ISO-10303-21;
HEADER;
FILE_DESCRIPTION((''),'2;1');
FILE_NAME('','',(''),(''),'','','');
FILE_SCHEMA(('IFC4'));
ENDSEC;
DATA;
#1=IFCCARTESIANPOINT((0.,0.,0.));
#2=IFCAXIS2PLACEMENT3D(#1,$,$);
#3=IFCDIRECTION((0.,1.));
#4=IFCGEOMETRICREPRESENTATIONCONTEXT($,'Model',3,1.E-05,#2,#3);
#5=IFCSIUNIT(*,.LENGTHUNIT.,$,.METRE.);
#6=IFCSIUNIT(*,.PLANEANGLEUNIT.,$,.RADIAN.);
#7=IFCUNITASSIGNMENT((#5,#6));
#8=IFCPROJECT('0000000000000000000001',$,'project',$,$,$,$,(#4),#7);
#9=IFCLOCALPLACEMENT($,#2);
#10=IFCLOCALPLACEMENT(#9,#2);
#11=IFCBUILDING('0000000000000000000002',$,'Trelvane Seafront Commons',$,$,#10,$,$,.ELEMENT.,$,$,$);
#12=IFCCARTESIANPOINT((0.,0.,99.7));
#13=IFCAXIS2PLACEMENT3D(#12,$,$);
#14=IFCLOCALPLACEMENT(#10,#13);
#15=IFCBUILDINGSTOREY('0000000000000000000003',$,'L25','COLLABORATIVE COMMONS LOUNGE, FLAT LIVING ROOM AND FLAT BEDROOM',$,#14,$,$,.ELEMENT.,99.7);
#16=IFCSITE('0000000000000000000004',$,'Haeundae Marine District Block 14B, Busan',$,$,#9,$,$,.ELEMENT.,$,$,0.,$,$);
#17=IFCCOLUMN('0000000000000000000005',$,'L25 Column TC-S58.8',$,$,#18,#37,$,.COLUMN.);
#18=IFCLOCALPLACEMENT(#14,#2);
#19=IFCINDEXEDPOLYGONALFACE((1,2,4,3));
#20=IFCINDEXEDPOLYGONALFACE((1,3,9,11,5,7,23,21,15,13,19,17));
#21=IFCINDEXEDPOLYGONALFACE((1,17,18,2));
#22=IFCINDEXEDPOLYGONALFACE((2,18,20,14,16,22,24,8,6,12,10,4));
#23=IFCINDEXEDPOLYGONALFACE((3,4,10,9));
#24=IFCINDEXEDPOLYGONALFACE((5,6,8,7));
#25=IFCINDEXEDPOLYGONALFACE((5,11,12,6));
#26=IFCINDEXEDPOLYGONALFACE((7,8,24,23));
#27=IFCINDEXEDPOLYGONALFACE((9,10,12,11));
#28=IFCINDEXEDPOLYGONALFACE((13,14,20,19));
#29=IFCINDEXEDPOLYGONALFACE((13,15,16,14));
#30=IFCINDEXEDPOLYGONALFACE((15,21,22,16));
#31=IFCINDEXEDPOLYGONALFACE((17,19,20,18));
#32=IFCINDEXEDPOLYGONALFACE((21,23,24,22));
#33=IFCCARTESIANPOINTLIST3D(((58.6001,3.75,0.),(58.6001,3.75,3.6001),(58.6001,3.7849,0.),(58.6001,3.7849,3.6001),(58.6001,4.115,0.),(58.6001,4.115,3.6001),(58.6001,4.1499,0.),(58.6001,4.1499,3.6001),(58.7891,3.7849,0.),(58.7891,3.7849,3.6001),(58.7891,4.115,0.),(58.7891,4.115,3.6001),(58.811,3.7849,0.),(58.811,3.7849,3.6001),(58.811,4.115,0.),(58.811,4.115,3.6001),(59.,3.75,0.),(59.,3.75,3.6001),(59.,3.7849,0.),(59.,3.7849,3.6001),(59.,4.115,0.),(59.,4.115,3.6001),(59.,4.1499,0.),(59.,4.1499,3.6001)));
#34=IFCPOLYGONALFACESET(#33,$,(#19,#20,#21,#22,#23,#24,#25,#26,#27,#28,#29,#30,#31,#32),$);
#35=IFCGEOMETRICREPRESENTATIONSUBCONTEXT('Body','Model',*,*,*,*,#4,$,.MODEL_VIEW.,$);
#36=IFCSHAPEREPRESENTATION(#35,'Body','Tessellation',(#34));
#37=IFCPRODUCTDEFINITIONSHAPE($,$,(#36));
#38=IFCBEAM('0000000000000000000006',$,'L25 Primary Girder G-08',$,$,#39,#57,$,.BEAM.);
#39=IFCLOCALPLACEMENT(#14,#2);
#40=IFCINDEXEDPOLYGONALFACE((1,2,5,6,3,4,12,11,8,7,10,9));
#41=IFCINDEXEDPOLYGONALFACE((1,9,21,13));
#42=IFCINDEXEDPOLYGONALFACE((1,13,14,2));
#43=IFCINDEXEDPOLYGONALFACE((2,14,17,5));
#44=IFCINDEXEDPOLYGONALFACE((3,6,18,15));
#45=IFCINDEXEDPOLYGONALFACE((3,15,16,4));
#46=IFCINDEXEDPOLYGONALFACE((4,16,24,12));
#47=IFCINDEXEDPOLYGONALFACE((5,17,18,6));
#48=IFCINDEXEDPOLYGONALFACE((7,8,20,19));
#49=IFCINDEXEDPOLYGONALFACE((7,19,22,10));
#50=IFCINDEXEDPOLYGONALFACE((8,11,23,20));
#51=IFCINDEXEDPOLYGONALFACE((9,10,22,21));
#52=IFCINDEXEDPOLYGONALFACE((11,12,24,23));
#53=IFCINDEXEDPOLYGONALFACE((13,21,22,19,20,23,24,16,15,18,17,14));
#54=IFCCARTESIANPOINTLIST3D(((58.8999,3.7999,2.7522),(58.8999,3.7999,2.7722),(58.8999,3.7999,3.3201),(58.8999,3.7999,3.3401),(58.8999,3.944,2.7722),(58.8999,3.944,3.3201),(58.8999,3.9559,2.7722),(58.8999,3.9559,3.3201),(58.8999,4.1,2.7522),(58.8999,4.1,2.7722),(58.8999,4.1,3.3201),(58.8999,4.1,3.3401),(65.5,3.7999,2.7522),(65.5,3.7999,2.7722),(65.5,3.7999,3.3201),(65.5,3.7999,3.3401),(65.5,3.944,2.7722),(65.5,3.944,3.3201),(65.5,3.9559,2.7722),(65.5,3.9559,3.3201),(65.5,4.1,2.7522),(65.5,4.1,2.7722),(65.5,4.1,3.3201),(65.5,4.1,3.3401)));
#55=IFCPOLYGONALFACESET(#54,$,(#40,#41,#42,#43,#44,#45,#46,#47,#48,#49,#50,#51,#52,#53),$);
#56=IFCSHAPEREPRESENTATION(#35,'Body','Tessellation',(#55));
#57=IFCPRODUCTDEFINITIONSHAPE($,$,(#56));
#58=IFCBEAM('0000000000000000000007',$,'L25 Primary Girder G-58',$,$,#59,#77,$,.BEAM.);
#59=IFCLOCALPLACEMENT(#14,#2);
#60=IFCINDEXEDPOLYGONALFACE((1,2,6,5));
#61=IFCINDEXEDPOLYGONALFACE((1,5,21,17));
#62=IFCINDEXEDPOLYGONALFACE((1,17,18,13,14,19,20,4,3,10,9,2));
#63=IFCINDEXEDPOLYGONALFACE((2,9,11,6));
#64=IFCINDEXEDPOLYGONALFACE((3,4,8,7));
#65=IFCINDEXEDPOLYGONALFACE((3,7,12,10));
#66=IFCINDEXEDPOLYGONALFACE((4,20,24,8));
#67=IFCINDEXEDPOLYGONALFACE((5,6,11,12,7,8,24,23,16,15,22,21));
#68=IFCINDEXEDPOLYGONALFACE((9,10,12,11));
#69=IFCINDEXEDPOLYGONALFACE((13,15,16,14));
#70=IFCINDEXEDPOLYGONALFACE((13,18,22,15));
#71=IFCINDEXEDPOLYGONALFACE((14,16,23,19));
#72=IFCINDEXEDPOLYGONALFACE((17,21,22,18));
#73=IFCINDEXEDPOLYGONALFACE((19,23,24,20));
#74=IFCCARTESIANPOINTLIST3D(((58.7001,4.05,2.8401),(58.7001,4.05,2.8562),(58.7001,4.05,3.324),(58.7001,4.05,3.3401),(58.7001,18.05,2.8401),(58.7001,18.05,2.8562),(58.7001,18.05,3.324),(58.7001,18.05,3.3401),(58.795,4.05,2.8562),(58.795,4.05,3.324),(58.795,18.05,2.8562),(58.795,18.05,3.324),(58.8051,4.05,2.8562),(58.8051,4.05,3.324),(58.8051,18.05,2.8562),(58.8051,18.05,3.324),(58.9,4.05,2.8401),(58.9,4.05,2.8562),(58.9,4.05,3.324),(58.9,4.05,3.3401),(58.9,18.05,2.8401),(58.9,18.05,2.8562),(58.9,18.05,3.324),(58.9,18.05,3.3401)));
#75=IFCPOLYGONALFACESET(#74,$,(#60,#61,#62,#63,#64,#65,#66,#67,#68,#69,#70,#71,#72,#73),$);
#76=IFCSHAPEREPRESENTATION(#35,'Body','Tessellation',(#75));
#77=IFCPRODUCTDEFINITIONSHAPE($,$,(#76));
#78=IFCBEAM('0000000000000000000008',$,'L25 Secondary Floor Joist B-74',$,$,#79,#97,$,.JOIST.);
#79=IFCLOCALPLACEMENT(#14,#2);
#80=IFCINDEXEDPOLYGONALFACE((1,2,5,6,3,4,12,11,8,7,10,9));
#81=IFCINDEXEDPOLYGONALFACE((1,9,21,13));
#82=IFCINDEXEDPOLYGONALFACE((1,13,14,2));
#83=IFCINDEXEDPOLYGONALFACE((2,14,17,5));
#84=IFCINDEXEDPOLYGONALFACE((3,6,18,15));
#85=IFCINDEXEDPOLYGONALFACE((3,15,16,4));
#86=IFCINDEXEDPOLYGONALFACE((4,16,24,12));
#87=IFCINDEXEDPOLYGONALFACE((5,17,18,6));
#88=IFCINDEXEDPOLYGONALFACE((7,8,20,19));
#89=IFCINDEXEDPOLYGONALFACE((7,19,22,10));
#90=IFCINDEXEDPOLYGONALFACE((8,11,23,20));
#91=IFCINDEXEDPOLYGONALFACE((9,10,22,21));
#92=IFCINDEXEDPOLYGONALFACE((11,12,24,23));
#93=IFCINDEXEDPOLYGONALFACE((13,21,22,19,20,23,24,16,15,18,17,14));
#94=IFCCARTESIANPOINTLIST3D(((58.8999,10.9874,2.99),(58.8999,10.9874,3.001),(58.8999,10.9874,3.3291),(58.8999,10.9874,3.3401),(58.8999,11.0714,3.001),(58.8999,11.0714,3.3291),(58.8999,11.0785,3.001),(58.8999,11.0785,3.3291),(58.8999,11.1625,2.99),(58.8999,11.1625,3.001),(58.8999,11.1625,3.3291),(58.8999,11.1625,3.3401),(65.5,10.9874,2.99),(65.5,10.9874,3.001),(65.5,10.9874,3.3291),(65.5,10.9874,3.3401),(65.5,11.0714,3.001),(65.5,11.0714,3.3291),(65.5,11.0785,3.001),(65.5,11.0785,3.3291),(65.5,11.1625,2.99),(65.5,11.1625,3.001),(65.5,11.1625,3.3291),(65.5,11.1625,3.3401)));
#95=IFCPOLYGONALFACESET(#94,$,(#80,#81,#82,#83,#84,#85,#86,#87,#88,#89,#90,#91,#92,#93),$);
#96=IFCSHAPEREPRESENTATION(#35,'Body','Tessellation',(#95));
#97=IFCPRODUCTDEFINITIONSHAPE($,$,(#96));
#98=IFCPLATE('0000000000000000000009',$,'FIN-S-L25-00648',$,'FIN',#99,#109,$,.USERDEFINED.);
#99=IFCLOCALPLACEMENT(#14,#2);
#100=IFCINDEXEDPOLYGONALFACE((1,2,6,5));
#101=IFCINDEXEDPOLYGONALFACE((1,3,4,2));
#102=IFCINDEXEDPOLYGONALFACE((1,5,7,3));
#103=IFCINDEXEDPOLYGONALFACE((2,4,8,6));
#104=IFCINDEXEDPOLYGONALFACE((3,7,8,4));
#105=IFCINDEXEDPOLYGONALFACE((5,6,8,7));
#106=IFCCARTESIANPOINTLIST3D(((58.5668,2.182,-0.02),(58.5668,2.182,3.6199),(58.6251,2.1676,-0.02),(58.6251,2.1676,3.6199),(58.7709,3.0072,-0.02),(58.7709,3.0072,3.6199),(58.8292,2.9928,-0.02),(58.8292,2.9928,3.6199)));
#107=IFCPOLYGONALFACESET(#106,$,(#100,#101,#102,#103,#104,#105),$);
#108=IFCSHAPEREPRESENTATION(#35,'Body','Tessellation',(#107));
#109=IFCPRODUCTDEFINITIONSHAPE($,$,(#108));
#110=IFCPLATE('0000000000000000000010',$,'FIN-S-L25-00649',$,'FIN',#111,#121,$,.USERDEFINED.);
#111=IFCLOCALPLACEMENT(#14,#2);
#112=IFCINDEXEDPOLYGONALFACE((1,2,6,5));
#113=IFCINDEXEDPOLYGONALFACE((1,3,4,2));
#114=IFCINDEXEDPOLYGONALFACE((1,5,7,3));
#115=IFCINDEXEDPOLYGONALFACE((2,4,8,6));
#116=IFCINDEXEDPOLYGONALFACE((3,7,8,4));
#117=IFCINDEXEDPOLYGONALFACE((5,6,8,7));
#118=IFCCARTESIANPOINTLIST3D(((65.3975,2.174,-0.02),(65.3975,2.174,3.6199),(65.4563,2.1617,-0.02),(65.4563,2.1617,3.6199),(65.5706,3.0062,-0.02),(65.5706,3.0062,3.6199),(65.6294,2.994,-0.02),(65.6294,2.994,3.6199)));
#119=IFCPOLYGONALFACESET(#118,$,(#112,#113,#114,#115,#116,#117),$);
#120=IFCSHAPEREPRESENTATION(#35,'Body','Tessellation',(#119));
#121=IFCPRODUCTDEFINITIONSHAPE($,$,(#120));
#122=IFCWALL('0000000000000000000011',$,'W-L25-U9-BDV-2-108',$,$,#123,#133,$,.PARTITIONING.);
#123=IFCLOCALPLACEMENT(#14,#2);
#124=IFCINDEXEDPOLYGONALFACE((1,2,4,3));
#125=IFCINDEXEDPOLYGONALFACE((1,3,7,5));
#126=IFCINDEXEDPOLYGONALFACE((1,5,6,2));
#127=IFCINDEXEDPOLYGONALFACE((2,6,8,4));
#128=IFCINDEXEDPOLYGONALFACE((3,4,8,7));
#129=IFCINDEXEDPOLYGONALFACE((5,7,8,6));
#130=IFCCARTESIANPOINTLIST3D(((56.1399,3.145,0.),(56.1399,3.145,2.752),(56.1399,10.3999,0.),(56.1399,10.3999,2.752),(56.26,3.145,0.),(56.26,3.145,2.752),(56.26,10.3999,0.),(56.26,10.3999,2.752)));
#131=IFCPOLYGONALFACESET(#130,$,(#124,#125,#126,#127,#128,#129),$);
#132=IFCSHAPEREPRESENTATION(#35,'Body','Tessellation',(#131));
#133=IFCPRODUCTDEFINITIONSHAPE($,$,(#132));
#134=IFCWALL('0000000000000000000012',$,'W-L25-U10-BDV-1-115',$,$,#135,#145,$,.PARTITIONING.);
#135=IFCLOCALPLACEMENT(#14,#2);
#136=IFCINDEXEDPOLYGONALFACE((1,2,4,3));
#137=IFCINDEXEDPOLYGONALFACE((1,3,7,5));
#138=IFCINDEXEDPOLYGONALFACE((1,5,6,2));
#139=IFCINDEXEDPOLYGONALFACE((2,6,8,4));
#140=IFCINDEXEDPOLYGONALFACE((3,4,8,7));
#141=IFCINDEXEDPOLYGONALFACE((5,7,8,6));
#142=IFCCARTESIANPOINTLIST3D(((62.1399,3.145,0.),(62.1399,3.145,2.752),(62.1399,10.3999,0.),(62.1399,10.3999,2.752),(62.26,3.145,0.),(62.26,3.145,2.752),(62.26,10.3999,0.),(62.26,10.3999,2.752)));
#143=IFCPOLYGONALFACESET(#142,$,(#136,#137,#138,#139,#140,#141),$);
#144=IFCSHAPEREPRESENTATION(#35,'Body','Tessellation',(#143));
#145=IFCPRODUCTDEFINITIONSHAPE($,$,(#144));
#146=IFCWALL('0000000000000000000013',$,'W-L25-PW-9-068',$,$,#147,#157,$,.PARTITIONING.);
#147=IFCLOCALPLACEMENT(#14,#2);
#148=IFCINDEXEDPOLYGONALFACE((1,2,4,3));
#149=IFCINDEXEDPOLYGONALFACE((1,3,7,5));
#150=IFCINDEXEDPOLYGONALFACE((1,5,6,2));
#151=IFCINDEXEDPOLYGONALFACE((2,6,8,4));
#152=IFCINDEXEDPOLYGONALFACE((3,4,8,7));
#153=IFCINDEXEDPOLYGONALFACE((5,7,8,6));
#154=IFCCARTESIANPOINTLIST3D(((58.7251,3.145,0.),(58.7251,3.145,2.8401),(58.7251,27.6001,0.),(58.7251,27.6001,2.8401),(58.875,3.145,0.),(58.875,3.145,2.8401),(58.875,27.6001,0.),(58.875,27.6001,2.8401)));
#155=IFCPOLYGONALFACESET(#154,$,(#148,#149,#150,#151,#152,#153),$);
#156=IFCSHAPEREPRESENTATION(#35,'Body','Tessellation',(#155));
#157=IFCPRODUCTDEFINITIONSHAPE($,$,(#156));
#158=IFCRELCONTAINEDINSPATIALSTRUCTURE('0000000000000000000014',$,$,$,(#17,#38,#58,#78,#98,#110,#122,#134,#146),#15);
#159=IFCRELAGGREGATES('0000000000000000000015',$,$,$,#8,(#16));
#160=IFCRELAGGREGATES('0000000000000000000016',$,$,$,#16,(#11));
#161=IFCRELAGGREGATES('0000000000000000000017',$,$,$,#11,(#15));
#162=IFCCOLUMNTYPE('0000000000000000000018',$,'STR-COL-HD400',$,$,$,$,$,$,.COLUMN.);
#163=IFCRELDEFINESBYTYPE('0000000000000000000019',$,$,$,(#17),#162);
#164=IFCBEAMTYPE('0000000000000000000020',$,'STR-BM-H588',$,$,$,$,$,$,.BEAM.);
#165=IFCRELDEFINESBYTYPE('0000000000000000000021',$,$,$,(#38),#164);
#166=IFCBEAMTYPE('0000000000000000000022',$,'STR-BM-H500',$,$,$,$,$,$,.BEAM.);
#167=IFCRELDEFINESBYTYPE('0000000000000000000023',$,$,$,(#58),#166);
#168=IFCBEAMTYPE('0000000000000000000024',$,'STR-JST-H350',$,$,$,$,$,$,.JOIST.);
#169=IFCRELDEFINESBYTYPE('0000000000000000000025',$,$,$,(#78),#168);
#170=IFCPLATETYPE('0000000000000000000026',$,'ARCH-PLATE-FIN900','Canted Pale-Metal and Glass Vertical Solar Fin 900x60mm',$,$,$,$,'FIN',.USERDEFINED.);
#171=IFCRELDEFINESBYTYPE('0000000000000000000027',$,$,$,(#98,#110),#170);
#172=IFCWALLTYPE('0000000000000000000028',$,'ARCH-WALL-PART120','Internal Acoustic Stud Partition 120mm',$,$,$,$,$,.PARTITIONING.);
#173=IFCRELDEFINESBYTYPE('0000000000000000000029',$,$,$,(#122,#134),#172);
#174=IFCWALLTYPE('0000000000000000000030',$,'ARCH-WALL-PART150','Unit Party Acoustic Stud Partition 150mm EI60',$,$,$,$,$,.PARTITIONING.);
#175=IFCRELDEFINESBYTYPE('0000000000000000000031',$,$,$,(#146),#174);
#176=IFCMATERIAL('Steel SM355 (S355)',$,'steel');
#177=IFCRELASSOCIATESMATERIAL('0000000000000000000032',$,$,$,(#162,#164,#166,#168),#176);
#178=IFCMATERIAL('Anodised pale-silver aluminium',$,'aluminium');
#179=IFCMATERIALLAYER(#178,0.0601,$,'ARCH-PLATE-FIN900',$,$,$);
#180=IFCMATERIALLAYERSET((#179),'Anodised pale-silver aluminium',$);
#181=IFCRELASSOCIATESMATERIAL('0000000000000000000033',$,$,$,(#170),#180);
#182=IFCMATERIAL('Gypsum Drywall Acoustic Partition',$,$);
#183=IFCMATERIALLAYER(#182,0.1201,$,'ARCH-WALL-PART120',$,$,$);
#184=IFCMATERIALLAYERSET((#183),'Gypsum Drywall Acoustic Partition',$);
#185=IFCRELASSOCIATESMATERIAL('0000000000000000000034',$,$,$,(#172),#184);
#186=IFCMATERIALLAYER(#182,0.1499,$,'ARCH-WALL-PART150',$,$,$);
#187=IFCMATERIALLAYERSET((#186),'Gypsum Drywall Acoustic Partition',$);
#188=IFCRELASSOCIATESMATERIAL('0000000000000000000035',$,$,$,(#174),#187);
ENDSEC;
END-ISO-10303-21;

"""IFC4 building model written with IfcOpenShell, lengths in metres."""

from ifc_helpers import new_model, si_unit, direction, frame, frame_2d, origin, origin_2d, place, context, subcontext, project, spatial, rectangle, i_section, extrude, source, transform, mapped, material, layer, layer_set, material_profile, profile_set, type_object, element, save


model = new_model("IFC4")

# Units and contexts
model_context = context("Model", 3, precision=1e-05, world=origin(), true_north=direction((0.0, 1.0)))
body_context = subcontext(model_context, "Body", "Model", "MODEL_VIEW")
ifc_project = project(units=[si_unit("LENGTHUNIT", "METRE"), si_unit("PLANEANGLEUNIT", "RADIAN")], contexts=[model_context])

# Site, building, storey
site_placement = place(None, origin())
site = spatial("IfcSite", under=ifc_project, at=site_placement, Name="Haeundae Marine District Block 14B, Busan", CompositionType="ELEMENT", RefElevation=0.0)
building_placement = place(site_placement, origin())
building = spatial("IfcBuilding", under=site, at=building_placement, Name="Trelvane Seafront Commons", CompositionType="ELEMENT")
storey_placement = place(building_placement, frame((0.0, 0.0, 99.7)))
storey = spatial("IfcBuildingStorey", under=building, at=storey_placement, Name="L25", Description="COLLABORATIVE COMMONS LOUNGE, FLAT LIVING ROOM AND FLAT BEDROOM", CompositionType="ELEMENT", Elevation=99.7)

# Column
ifc_material_1 = material(Name="Steel SM355 (S355)", Category="steel")
ifc_material_profile_1 = material_profile(ifc_material_1, i_section(OverallWidth=0.3999, OverallDepth=0.3999, WebThickness=0.022, FlangeThickness=0.0349, at=origin_2d()), Name="HD-400x400x22x35")
ifc_profile_set_1 = profile_set([ifc_material_profile_1], Name="Steel SM355 (S355)")
column_type = type_object("IfcColumnType", Name="STR-COL-HD400", PredefinedType="COLUMN", material=ifc_profile_set_1)
shared_shape_1 = source(origin(), body_context, "Body", "SweptSolid", [
    extrude(i_section(OverallWidth=0.3999, OverallDepth=0.3999, WebThickness=0.022, FlangeThickness=0.0349, at=origin_2d()), origin(), (0.0, 0.0, 1.0), 3.6001),
])
column_placement = place(storey_placement, frame((58.8, 3.95, 0.0), z_axis=(0.0, 0.0, 1.0), x_axis=(1.0, 0.0, 0.0)))
element("IfcColumn", 1, at=column_placement, inside=storey, type_object=column_type, Name="L25 Column TC-S58.8", PredefinedType="COLUMN", context=body_context, shape_type="MappedRepresentation", body=[
    mapped(shared_shape_1, transform((0.0, 0.0, 0.0), x_axis=(1.0, 0.0, 0.0), y_axis=(0.0, 1.0, 0.0), z_axis=(0.0, 0.0, 1.0), scale=1.0)),
])

# Beams
ifc_material_profile_2 = material_profile(ifc_material_1, i_section(OverallWidth=0.3, OverallDepth=0.5879, WebThickness=0.012, FlangeThickness=0.02, at=origin_2d()), Name="H-588x300x12x20")
ifc_profile_set_2 = profile_set([ifc_material_profile_2], Name="Steel SM355 (S355)")
beam_type_1 = type_object("IfcBeamType", Name="STR-BM-H588", PredefinedType="BEAM", material=ifc_profile_set_2)
shared_shape_2 = source(origin(), body_context, "Body", "SweptSolid", [
    extrude(i_section(OverallWidth=0.3, OverallDepth=0.5879, WebThickness=0.012, FlangeThickness=0.02, at=origin_2d()), origin(), (0.0, 0.0, 1.0), 6.6001),
])
beam_1_placement = place(storey_placement, frame((58.8999, 3.95, 3.0461), z_axis=(1.0, 0.0, 0.0), x_axis=(0.0, 1.0, 0.0)))
element("IfcBeam", 2, at=beam_1_placement, inside=storey, type_object=beam_type_1, Name="L25 Primary Girder G-08", PredefinedType="BEAM", context=body_context, shape_type="MappedRepresentation", body=[
    mapped(shared_shape_2, transform((0.0, 0.0, 0.0), x_axis=(1.0, 0.0, 0.0), y_axis=(0.0, 1.0, 0.0), z_axis=(0.0, 0.0, 1.0), scale=1.0)),
])
ifc_material_profile_3 = material_profile(ifc_material_1, i_section(OverallWidth=0.2, OverallDepth=0.5, WebThickness=0.01, FlangeThickness=0.0161, at=origin_2d()), Name="H-500x200x10x16")
ifc_profile_set_3 = profile_set([ifc_material_profile_3], Name="Steel SM355 (S355)")
beam_type_2 = type_object("IfcBeamType", Name="STR-BM-H500", PredefinedType="BEAM", material=ifc_profile_set_3)
shared_shape_3 = source(origin(), body_context, "Body", "SweptSolid", [
    extrude(i_section(OverallWidth=0.2, OverallDepth=0.5, WebThickness=0.01, FlangeThickness=0.0161, at=origin_2d()), origin(), (0.0, 0.0, 1.0), 14.0),
])
beam_2_placement = place(storey_placement, frame((58.8, 4.05, 3.0901), z_axis=(0.0, 1.0, 0.0), x_axis=(-1.0, 0.0, 0.0)))
element("IfcBeam", 3, at=beam_2_placement, inside=storey, type_object=beam_type_2, Name="L25 Primary Girder G-58", PredefinedType="BEAM", context=body_context, shape_type="MappedRepresentation", body=[
    mapped(shared_shape_3, transform((0.0, 0.0, 0.0), x_axis=(1.0, 0.0, 0.0), y_axis=(0.0, 1.0, 0.0), z_axis=(0.0, 0.0, 1.0), scale=1.0)),
])
ifc_material_profile_4 = material_profile(ifc_material_1, i_section(OverallWidth=0.175, OverallDepth=0.3501, WebThickness=0.0071, FlangeThickness=0.011, at=origin_2d()), Name="H-350x175x7x11")
ifc_profile_set_4 = profile_set([ifc_material_profile_4], Name="Steel SM355 (S355)")
beam_type_3 = type_object("IfcBeamType", Name="STR-JST-H350", PredefinedType="JOIST", material=ifc_profile_set_4)
shared_shape_4 = source(origin(), body_context, "Body", "SweptSolid", [
    extrude(i_section(OverallWidth=0.175, OverallDepth=0.3501, WebThickness=0.0071, FlangeThickness=0.011, at=origin_2d()), origin(), (0.0, 0.0, 1.0), 6.6001),
])
beam_3_placement = place(storey_placement, frame((58.8999, 11.075, 3.165), z_axis=(1.0, 0.0, 0.0), x_axis=(0.0, 1.0, 0.0)))
element("IfcBeam", 4, at=beam_3_placement, inside=storey, type_object=beam_type_3, Name="L25 Secondary Floor Joist B-74", PredefinedType="JOIST", context=body_context, shape_type="MappedRepresentation", body=[
    mapped(shared_shape_4, transform((0.0, 0.0, 0.0), x_axis=(1.0, 0.0, 0.0), y_axis=(0.0, 1.0, 0.0), z_axis=(0.0, 0.0, 1.0), scale=1.0)),
])

# Plates
ifc_material_2 = material(Name="Anodised pale-silver aluminium", Category="aluminium")
ifc_layer_1 = layer(ifc_material_2, 0.0601, Name="ARCH-PLATE-FIN900")
ifc_layer_set_1 = layer_set([ifc_layer_1], Name="Anodised pale-silver aluminium")
plate_type = type_object("IfcPlateType", Name="ARCH-PLATE-FIN900", Description="Canted Pale-Metal and Glass Vertical Solar Fin 900x60mm", ElementType="FIN", PredefinedType="USERDEFINED", material=ifc_layer_set_1)
shared_shape_5 = source(origin(), body_context, "Body", "SweptSolid", [
    extrude(rectangle(XDim=0.8501, YDim=0.0601, at=origin_2d()), origin(), (0.0, 0.0, 1.0), 3.6399),
])
for number, where, z_axis, x_axis, name in (
    (5, (58.698, 2.5874, -0.02), (0.0, 0.0, 1.0), (-0.240126, -0.970742, 0.0), "FIN-S-L25-00648"),
    (6, (65.5134, 2.584, -0.02), (0.0, 0.0, 1.0), (-0.203643, -0.979045, 0.0), "FIN-S-L25-00649"),
):
    element("IfcPlate", number, at=place(storey_placement, frame(where, z_axis=z_axis, x_axis=x_axis)), inside=storey, type_object=plate_type, Name=name, ObjectType="FIN", PredefinedType="USERDEFINED", context=body_context, shape_type="MappedRepresentation", body=[
        mapped(shared_shape_5, transform((0.0, 0.0, 0.0), x_axis=(1.0, 0.0, 0.0), y_axis=(0.0, 1.0, 0.0), z_axis=(0.0, 0.0, 1.0), scale=1.0)),
    ])

# Shared definitions
ifc_material_3 = material(Name="Gypsum Drywall Acoustic Partition")
ifc_layer_2 = layer(ifc_material_3, 0.1201, Name="ARCH-WALL-PART120")
ifc_layer_set_2 = layer_set([ifc_layer_2], Name="Gypsum Drywall Acoustic Partition")
wall_type_1 = type_object("IfcWallType", Name="ARCH-WALL-PART120", Description="Internal Acoustic Stud Partition 120mm", PredefinedType="PARTITIONING", material=ifc_layer_set_2)

# Wall
wall_1_placement = place(storey_placement, frame((56.2, 3.145, 0.0), z_axis=(0.0, 0.0, 1.0), x_axis=(0.0, 1.0, 0.0)))
element("IfcWall", 7, at=wall_1_placement, inside=storey, type_object=wall_type_1, Name="W-L25-U9-BDV-2-108", PredefinedType="PARTITIONING", context=body_context, shape_type="SweptSolid", body=[
    extrude(rectangle(XDim=7.2549, YDim=0.1201, at=frame_2d((3.6274, 0.0))), origin(), (0.0, 0.0, 1.0), 2.752),
])

# Walls
wall_2_placement = place(storey_placement, frame((62.2, 3.145, 0.0), z_axis=(0.0, 0.0, 1.0), x_axis=(0.0, 1.0, 0.0)))
element("IfcWall", 8, at=wall_2_placement, inside=storey, type_object=wall_type_1, Name="W-L25-U10-BDV-1-115", PredefinedType="PARTITIONING", context=body_context, shape_type="SweptSolid", body=[
    extrude(rectangle(XDim=7.2549, YDim=0.1201, at=frame_2d((3.6274, 0.0))), origin(), (0.0, 0.0, 1.0), 2.752),
])
ifc_layer_3 = layer(ifc_material_3, 0.1499, Name="ARCH-WALL-PART150")
ifc_layer_set_3 = layer_set([ifc_layer_3], Name="Gypsum Drywall Acoustic Partition")
wall_type_2 = type_object("IfcWallType", Name="ARCH-WALL-PART150", Description="Unit Party Acoustic Stud Partition 150mm EI60", PredefinedType="PARTITIONING", material=ifc_layer_set_3)
wall_3_placement = place(storey_placement, frame((58.8, 3.145, 0.0), z_axis=(0.0, 0.0, 1.0), x_axis=(0.0, 1.0, 0.0)))
element("IfcWall", 9, at=wall_3_placement, inside=storey, type_object=wall_type_2, Name="W-L25-PW-9-068", PredefinedType="PARTITIONING", context=body_context, shape_type="SweptSolid", body=[
    extrude(rectangle(XDim=24.4551, YDim=0.1499, at=frame_2d((12.2275, 0.0))), origin(), (0.0, 0.0, 1.0), 2.8401),
])

save(model, "model.ifc")
